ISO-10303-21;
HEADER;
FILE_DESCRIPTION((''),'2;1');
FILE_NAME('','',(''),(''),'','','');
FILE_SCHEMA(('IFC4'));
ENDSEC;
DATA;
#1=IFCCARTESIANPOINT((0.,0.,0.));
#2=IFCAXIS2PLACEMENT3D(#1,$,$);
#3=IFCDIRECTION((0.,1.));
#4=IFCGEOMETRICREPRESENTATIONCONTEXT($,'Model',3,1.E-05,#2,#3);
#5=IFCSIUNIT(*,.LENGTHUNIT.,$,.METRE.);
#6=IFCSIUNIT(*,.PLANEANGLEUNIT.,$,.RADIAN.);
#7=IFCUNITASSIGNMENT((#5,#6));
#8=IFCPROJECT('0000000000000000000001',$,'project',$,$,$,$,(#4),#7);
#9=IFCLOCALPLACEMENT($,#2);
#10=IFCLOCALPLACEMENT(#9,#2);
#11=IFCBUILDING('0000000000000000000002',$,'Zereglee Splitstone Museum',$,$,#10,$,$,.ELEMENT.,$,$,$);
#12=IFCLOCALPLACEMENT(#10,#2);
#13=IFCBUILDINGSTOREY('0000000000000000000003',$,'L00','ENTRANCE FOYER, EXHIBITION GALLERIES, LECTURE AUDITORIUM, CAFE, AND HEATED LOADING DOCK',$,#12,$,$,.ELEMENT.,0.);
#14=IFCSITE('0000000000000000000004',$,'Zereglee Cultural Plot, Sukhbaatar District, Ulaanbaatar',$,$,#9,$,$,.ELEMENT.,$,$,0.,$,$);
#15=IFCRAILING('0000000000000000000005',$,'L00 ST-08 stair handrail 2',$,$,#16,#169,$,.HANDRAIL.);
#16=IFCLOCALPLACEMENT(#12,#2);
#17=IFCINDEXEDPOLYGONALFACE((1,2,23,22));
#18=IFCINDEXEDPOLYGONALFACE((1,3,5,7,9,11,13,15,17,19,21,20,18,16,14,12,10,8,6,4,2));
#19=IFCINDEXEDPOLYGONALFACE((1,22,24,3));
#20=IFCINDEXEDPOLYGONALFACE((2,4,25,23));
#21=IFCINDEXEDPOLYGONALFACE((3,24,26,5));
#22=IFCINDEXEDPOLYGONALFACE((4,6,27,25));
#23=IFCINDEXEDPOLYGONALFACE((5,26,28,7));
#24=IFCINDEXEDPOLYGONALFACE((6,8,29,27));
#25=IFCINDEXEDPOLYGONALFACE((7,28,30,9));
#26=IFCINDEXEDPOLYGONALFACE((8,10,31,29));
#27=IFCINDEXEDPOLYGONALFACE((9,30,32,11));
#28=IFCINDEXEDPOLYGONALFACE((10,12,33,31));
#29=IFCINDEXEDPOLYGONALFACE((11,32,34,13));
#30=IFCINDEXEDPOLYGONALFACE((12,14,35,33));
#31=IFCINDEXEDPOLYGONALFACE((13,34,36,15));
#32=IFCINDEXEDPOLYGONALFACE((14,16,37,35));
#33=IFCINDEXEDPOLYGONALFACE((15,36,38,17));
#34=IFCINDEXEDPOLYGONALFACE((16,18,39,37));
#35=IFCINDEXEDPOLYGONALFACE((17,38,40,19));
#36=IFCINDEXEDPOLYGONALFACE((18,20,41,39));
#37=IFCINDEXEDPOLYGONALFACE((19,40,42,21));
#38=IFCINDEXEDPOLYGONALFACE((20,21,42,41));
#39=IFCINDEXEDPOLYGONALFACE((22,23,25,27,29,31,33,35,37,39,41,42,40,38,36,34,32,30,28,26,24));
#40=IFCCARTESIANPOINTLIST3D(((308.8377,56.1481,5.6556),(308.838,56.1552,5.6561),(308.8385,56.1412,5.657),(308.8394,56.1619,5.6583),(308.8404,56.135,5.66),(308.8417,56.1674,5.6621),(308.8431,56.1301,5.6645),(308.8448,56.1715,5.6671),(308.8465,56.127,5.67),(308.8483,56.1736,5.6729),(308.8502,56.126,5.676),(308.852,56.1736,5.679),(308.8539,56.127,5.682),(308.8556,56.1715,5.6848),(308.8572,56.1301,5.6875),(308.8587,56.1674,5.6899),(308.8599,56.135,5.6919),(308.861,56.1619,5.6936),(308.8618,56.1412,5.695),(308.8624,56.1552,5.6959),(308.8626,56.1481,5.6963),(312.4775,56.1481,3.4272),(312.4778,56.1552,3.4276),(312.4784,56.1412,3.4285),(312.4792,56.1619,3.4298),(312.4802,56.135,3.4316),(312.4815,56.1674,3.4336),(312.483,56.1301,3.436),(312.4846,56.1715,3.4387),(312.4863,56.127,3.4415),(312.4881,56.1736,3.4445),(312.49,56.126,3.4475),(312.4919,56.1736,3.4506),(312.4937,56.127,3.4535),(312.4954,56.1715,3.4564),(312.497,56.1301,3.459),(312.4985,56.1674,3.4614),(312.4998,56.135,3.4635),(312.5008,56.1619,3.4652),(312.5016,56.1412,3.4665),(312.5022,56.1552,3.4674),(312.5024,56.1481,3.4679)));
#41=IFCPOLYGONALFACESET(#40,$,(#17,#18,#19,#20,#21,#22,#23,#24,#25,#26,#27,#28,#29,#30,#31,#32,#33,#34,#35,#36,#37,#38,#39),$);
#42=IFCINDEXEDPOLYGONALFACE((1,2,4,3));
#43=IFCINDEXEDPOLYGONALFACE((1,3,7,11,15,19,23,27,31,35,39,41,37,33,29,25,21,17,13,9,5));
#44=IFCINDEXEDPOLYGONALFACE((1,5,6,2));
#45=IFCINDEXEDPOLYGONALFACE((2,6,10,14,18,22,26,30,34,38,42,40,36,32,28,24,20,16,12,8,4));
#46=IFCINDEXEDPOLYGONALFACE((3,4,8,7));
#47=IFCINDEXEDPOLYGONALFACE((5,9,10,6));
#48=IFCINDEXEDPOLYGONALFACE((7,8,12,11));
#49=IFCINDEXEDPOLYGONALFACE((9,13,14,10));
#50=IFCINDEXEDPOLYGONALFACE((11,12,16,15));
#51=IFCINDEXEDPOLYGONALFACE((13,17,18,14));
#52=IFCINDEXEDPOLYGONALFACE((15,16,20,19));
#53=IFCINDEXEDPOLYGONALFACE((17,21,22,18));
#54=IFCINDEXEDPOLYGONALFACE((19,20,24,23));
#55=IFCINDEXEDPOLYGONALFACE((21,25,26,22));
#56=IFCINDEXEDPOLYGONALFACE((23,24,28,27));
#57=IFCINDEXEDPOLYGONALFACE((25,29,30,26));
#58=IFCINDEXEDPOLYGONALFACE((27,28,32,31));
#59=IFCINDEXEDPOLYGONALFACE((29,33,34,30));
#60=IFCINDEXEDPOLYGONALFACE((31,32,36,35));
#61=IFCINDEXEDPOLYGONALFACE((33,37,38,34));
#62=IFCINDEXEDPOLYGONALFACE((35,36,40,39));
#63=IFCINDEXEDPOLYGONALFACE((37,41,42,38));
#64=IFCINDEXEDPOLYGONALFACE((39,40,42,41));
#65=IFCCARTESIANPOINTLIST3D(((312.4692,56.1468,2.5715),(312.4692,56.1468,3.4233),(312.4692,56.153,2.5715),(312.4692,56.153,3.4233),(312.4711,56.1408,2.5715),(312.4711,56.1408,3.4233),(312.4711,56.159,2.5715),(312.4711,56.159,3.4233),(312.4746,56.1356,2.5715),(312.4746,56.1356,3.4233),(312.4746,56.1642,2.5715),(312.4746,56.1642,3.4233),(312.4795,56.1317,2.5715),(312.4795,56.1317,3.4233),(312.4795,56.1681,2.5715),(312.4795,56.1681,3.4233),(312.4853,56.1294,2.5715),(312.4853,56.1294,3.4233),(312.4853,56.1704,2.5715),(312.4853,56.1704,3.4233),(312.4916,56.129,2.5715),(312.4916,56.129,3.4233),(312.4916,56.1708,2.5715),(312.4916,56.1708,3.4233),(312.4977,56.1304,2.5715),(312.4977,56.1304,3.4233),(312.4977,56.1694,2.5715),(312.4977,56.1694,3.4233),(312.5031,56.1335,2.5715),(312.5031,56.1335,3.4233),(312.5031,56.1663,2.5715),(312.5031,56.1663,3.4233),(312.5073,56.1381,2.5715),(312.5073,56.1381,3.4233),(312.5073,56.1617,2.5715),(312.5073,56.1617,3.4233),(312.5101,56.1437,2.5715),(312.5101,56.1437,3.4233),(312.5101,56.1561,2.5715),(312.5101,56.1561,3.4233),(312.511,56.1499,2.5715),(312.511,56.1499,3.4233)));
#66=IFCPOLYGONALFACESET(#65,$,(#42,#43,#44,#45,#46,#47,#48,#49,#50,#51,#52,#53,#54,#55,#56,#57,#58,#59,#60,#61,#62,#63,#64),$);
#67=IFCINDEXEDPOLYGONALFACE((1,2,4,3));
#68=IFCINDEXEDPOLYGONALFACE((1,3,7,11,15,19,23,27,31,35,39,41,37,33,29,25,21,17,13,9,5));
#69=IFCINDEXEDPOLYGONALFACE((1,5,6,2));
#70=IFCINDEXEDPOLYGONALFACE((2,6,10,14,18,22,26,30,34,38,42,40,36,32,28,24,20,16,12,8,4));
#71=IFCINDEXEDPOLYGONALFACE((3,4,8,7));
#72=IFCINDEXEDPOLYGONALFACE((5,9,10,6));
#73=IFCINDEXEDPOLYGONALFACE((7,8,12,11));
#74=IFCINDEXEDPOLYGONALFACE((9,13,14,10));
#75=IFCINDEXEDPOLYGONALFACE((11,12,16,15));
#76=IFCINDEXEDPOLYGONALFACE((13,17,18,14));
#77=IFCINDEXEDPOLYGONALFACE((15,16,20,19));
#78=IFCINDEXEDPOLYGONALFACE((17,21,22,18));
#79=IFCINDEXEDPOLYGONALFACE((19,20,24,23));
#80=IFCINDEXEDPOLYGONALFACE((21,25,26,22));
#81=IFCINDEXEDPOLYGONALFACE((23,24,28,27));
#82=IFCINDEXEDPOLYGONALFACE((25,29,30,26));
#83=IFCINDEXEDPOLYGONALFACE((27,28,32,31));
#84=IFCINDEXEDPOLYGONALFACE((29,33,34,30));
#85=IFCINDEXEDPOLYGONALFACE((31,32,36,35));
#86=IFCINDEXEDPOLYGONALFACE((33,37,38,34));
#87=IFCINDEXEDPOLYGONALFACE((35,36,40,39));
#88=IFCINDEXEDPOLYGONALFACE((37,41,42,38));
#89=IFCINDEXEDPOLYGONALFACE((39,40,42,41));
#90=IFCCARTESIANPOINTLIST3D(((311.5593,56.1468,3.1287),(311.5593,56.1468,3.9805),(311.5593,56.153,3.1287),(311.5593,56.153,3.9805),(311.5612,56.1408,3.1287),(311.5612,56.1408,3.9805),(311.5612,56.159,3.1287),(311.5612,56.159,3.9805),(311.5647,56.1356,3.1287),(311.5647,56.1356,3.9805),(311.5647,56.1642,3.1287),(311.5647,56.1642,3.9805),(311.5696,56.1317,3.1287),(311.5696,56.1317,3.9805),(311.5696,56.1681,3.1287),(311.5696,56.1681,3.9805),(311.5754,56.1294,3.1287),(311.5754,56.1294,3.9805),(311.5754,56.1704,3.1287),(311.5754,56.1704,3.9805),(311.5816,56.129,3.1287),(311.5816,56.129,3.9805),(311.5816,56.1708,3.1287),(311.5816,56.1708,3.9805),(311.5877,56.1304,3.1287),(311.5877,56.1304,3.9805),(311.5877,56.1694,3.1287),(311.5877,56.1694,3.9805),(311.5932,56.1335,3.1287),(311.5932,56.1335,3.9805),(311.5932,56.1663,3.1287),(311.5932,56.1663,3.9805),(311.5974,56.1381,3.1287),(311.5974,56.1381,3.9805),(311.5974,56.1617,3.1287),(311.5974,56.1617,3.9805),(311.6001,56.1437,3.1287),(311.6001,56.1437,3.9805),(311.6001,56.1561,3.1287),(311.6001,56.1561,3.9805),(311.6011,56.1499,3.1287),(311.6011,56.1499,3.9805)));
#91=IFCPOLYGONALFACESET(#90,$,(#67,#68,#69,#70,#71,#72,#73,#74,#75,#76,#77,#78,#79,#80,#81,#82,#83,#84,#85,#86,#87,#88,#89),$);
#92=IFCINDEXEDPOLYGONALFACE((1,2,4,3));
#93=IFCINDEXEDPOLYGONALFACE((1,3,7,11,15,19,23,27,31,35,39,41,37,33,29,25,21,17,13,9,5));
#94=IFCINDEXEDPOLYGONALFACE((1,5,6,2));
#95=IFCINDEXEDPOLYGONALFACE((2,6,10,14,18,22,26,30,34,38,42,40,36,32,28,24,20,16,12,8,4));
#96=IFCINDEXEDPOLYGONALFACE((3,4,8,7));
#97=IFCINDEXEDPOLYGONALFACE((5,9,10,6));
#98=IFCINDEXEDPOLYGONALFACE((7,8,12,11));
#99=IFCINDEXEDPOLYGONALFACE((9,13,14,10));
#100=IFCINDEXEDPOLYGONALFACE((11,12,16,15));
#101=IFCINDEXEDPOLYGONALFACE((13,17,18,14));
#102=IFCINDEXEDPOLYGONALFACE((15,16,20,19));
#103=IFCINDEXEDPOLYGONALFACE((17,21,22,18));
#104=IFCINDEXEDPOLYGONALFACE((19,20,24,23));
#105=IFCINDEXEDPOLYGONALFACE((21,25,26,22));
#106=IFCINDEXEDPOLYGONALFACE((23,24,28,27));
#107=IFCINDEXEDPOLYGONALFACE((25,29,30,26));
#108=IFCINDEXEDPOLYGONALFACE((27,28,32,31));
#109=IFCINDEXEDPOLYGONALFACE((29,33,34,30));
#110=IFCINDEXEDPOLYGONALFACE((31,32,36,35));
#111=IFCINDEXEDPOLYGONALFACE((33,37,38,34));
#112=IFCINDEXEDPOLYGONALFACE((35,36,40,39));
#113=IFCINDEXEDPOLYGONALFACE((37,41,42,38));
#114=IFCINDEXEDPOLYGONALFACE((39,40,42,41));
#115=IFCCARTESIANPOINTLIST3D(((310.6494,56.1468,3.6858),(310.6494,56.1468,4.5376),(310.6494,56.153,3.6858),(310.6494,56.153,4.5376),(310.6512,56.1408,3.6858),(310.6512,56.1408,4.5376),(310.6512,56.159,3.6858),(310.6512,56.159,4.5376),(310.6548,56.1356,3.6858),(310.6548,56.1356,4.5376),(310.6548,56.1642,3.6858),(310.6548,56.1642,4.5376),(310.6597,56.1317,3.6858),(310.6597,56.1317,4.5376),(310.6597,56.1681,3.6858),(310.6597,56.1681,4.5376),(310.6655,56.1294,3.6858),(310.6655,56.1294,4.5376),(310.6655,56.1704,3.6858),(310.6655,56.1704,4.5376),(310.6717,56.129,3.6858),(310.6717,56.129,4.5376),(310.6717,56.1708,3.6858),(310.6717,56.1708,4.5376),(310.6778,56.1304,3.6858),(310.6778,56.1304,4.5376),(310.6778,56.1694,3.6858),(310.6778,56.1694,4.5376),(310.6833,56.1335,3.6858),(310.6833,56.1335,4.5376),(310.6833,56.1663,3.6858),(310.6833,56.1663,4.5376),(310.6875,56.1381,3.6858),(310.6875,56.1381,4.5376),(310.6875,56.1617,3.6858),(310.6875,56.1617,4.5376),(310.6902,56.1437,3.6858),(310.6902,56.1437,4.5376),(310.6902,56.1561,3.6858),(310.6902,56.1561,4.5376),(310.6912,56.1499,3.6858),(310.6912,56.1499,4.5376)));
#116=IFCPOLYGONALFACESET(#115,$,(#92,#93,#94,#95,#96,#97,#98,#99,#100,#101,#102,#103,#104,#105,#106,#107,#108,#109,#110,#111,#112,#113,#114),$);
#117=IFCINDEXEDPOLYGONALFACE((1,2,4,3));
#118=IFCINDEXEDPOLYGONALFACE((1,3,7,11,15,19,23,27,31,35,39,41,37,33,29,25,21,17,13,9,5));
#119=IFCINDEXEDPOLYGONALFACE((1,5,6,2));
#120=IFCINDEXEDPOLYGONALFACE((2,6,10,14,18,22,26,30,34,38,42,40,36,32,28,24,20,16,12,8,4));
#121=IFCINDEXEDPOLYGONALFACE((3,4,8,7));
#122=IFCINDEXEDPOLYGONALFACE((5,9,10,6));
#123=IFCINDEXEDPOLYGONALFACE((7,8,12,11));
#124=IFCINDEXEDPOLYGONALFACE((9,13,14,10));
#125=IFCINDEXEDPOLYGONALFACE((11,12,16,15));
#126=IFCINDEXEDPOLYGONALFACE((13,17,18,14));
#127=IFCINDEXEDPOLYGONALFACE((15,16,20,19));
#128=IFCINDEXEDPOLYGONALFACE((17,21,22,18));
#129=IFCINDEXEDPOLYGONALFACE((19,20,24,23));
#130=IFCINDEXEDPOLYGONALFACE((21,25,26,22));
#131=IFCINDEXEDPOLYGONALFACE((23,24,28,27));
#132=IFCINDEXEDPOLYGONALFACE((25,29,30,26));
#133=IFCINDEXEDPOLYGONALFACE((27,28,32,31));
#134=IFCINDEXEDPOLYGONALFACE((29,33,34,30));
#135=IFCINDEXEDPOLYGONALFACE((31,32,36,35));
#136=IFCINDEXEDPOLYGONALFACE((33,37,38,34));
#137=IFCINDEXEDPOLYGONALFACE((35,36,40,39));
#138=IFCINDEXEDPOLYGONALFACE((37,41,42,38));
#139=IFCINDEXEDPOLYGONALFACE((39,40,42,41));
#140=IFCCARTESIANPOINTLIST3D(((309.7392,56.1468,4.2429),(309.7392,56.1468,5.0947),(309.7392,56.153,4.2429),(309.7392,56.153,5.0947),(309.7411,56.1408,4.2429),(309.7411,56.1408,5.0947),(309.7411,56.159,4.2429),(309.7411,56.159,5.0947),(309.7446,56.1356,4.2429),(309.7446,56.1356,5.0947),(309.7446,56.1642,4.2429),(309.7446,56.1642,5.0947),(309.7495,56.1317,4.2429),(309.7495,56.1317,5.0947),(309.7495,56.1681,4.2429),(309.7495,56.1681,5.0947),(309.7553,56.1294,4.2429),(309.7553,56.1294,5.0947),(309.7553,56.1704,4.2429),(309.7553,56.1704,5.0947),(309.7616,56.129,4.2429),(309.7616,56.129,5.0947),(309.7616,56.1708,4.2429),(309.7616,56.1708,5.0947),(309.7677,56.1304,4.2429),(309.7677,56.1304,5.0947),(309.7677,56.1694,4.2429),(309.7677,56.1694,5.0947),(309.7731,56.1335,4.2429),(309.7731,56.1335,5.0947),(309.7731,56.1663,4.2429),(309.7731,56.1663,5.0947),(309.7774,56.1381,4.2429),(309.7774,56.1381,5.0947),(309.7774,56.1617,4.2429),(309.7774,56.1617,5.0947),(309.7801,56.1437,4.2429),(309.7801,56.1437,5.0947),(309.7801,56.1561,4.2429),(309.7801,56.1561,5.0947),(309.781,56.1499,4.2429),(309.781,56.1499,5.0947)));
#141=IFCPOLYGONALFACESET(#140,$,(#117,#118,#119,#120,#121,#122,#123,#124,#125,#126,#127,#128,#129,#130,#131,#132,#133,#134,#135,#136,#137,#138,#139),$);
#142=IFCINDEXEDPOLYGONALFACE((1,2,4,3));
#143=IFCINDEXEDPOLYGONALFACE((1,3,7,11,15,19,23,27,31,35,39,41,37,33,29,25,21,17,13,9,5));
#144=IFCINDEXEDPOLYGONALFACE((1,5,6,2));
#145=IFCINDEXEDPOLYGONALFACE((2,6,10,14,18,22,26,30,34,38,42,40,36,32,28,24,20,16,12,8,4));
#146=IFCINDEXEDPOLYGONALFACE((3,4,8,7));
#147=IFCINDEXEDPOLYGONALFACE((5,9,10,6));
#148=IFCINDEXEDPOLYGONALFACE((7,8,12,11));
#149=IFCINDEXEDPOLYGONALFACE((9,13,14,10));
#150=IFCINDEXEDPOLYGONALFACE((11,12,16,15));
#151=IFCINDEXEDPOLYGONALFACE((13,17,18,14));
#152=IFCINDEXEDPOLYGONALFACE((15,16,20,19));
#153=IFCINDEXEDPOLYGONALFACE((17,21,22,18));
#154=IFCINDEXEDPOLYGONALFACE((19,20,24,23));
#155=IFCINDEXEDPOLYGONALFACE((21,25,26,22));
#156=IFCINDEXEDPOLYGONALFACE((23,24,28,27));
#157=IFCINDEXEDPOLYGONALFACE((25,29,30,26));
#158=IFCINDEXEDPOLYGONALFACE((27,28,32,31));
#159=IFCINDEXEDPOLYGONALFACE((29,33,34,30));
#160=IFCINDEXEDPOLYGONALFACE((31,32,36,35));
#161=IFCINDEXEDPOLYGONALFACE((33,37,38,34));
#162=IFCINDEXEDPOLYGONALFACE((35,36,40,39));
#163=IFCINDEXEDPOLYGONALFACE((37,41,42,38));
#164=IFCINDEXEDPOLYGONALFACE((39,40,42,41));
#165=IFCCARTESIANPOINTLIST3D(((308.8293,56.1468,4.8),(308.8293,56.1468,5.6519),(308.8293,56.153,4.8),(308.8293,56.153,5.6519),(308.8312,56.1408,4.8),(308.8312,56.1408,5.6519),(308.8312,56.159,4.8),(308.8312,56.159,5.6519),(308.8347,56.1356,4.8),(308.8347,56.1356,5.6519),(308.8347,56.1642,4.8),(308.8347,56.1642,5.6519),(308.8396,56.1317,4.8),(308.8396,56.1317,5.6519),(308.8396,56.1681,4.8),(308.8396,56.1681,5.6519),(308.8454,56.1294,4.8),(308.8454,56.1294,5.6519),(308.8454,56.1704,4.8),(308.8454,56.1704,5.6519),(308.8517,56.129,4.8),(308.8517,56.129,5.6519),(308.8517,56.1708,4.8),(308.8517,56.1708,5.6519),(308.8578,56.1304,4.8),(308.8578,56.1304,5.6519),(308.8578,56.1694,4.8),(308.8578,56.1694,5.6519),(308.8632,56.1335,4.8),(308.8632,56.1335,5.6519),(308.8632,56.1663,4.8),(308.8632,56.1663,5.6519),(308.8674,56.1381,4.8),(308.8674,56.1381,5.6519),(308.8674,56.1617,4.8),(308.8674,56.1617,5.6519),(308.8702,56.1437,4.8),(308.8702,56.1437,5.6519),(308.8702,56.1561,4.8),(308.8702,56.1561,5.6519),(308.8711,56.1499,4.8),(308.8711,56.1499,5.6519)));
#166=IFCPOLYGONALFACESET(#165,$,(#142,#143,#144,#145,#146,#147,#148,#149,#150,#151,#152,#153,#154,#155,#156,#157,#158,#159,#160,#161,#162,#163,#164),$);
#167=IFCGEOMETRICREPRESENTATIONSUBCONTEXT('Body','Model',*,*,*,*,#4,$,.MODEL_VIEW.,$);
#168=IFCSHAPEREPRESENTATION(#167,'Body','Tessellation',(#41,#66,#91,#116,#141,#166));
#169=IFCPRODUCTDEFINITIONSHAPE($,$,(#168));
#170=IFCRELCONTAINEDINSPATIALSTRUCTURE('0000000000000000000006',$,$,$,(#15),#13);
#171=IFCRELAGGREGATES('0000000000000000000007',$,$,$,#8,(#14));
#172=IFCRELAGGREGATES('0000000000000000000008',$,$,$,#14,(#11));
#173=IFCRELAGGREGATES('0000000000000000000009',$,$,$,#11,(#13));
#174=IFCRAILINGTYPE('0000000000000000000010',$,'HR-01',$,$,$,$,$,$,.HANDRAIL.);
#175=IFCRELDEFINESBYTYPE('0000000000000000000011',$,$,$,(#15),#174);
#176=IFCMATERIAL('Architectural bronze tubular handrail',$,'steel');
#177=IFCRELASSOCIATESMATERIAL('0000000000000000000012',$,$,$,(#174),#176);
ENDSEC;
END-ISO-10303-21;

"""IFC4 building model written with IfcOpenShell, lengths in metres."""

from ifc_helpers import new_model, si_unit, direction, frame, origin, origin_2d, place, context, subcontext, project, spatial, circle, extrude, material, type_object, element, save


model = new_model("IFC4")

# Units and contexts
model_context = context("Model", 3, precision=1e-05, world=origin(), true_north=direction((0.0, 1.0)))
body_context = subcontext(model_context, "Body", "Model", "MODEL_VIEW")
ifc_project = project(units=[si_unit("LENGTHUNIT", "METRE"), si_unit("PLANEANGLEUNIT", "RADIAN")], contexts=[model_context])

# Site, building, storey
site_placement = place(None, origin())
site = spatial("IfcSite", under=ifc_project, at=site_placement, Name="Zereglee Cultural Plot, Sukhbaatar District, Ulaanbaatar", CompositionType="ELEMENT", RefElevation=0.0)
building_placement = place(site_placement, origin())
building = spatial("IfcBuilding", under=site, at=building_placement, Name="Zereglee Splitstone Museum", CompositionType="ELEMENT")
storey_placement = place(building_placement, origin())
storey = spatial("IfcBuildingStorey", under=building, at=storey_placement, Name="L00", Description="ENTRANCE FOYER, EXHIBITION GALLERIES, LECTURE AUDITORIUM, CAFE, AND HEATED LOADING DOCK", CompositionType="ELEMENT", Elevation=0.0)

# Railing
ifc_material_1 = material(Name="Architectural bronze tubular handrail", Category="steel")
railing_type_1 = type_object("IfcRailingType", Name="HR-01", PredefinedType="HANDRAIL", material=ifc_material_1)
railing_1_placement = place(storey_placement, frame((312.49, 56.1499, 2.5715)))
element("IfcRailing", 1, at=railing_1_placement, inside=storey, type_object=railing_type_1, Name="L00 ST-08 stair handrail 2", PredefinedType="HANDRAIL", context=body_context, shape_type="SweptSolid", body=[
    extrude(circle(Radius=0.0239, at=origin_2d()), frame((0.0, 0.0, 0.876), z_axis=(-0.85285, 0.0, 0.522156), x_axis=(0.0, -1.0, 0.0)), (0.0, 0.0, 1.0), 4.2678),
    extrude(circle(Radius=0.021, at=origin_2d()), origin(), (0.0, 0.0, 1.0), 0.8518),
    extrude(circle(Radius=0.021, at=origin_2d()), frame((-0.9099, 0.0, 0.5571)), (0.0, 0.0, 1.0), 0.8518),
    extrude(circle(Radius=0.021, at=origin_2d()), frame((-1.8198, 0.0, 1.1143)), (0.0, 0.0, 1.0), 0.8518),
    extrude(circle(Radius=0.021, at=origin_2d()), frame((-2.73, 0.0, 1.6714)), (0.0, 0.0, 1.0), 0.8518),
    extrude(circle(Radius=0.021, at=origin_2d()), frame((-3.6399, 0.0, 2.2285)), (0.0, 0.0, 1.0), 0.8518),
])

save(model, "model.ifc")
